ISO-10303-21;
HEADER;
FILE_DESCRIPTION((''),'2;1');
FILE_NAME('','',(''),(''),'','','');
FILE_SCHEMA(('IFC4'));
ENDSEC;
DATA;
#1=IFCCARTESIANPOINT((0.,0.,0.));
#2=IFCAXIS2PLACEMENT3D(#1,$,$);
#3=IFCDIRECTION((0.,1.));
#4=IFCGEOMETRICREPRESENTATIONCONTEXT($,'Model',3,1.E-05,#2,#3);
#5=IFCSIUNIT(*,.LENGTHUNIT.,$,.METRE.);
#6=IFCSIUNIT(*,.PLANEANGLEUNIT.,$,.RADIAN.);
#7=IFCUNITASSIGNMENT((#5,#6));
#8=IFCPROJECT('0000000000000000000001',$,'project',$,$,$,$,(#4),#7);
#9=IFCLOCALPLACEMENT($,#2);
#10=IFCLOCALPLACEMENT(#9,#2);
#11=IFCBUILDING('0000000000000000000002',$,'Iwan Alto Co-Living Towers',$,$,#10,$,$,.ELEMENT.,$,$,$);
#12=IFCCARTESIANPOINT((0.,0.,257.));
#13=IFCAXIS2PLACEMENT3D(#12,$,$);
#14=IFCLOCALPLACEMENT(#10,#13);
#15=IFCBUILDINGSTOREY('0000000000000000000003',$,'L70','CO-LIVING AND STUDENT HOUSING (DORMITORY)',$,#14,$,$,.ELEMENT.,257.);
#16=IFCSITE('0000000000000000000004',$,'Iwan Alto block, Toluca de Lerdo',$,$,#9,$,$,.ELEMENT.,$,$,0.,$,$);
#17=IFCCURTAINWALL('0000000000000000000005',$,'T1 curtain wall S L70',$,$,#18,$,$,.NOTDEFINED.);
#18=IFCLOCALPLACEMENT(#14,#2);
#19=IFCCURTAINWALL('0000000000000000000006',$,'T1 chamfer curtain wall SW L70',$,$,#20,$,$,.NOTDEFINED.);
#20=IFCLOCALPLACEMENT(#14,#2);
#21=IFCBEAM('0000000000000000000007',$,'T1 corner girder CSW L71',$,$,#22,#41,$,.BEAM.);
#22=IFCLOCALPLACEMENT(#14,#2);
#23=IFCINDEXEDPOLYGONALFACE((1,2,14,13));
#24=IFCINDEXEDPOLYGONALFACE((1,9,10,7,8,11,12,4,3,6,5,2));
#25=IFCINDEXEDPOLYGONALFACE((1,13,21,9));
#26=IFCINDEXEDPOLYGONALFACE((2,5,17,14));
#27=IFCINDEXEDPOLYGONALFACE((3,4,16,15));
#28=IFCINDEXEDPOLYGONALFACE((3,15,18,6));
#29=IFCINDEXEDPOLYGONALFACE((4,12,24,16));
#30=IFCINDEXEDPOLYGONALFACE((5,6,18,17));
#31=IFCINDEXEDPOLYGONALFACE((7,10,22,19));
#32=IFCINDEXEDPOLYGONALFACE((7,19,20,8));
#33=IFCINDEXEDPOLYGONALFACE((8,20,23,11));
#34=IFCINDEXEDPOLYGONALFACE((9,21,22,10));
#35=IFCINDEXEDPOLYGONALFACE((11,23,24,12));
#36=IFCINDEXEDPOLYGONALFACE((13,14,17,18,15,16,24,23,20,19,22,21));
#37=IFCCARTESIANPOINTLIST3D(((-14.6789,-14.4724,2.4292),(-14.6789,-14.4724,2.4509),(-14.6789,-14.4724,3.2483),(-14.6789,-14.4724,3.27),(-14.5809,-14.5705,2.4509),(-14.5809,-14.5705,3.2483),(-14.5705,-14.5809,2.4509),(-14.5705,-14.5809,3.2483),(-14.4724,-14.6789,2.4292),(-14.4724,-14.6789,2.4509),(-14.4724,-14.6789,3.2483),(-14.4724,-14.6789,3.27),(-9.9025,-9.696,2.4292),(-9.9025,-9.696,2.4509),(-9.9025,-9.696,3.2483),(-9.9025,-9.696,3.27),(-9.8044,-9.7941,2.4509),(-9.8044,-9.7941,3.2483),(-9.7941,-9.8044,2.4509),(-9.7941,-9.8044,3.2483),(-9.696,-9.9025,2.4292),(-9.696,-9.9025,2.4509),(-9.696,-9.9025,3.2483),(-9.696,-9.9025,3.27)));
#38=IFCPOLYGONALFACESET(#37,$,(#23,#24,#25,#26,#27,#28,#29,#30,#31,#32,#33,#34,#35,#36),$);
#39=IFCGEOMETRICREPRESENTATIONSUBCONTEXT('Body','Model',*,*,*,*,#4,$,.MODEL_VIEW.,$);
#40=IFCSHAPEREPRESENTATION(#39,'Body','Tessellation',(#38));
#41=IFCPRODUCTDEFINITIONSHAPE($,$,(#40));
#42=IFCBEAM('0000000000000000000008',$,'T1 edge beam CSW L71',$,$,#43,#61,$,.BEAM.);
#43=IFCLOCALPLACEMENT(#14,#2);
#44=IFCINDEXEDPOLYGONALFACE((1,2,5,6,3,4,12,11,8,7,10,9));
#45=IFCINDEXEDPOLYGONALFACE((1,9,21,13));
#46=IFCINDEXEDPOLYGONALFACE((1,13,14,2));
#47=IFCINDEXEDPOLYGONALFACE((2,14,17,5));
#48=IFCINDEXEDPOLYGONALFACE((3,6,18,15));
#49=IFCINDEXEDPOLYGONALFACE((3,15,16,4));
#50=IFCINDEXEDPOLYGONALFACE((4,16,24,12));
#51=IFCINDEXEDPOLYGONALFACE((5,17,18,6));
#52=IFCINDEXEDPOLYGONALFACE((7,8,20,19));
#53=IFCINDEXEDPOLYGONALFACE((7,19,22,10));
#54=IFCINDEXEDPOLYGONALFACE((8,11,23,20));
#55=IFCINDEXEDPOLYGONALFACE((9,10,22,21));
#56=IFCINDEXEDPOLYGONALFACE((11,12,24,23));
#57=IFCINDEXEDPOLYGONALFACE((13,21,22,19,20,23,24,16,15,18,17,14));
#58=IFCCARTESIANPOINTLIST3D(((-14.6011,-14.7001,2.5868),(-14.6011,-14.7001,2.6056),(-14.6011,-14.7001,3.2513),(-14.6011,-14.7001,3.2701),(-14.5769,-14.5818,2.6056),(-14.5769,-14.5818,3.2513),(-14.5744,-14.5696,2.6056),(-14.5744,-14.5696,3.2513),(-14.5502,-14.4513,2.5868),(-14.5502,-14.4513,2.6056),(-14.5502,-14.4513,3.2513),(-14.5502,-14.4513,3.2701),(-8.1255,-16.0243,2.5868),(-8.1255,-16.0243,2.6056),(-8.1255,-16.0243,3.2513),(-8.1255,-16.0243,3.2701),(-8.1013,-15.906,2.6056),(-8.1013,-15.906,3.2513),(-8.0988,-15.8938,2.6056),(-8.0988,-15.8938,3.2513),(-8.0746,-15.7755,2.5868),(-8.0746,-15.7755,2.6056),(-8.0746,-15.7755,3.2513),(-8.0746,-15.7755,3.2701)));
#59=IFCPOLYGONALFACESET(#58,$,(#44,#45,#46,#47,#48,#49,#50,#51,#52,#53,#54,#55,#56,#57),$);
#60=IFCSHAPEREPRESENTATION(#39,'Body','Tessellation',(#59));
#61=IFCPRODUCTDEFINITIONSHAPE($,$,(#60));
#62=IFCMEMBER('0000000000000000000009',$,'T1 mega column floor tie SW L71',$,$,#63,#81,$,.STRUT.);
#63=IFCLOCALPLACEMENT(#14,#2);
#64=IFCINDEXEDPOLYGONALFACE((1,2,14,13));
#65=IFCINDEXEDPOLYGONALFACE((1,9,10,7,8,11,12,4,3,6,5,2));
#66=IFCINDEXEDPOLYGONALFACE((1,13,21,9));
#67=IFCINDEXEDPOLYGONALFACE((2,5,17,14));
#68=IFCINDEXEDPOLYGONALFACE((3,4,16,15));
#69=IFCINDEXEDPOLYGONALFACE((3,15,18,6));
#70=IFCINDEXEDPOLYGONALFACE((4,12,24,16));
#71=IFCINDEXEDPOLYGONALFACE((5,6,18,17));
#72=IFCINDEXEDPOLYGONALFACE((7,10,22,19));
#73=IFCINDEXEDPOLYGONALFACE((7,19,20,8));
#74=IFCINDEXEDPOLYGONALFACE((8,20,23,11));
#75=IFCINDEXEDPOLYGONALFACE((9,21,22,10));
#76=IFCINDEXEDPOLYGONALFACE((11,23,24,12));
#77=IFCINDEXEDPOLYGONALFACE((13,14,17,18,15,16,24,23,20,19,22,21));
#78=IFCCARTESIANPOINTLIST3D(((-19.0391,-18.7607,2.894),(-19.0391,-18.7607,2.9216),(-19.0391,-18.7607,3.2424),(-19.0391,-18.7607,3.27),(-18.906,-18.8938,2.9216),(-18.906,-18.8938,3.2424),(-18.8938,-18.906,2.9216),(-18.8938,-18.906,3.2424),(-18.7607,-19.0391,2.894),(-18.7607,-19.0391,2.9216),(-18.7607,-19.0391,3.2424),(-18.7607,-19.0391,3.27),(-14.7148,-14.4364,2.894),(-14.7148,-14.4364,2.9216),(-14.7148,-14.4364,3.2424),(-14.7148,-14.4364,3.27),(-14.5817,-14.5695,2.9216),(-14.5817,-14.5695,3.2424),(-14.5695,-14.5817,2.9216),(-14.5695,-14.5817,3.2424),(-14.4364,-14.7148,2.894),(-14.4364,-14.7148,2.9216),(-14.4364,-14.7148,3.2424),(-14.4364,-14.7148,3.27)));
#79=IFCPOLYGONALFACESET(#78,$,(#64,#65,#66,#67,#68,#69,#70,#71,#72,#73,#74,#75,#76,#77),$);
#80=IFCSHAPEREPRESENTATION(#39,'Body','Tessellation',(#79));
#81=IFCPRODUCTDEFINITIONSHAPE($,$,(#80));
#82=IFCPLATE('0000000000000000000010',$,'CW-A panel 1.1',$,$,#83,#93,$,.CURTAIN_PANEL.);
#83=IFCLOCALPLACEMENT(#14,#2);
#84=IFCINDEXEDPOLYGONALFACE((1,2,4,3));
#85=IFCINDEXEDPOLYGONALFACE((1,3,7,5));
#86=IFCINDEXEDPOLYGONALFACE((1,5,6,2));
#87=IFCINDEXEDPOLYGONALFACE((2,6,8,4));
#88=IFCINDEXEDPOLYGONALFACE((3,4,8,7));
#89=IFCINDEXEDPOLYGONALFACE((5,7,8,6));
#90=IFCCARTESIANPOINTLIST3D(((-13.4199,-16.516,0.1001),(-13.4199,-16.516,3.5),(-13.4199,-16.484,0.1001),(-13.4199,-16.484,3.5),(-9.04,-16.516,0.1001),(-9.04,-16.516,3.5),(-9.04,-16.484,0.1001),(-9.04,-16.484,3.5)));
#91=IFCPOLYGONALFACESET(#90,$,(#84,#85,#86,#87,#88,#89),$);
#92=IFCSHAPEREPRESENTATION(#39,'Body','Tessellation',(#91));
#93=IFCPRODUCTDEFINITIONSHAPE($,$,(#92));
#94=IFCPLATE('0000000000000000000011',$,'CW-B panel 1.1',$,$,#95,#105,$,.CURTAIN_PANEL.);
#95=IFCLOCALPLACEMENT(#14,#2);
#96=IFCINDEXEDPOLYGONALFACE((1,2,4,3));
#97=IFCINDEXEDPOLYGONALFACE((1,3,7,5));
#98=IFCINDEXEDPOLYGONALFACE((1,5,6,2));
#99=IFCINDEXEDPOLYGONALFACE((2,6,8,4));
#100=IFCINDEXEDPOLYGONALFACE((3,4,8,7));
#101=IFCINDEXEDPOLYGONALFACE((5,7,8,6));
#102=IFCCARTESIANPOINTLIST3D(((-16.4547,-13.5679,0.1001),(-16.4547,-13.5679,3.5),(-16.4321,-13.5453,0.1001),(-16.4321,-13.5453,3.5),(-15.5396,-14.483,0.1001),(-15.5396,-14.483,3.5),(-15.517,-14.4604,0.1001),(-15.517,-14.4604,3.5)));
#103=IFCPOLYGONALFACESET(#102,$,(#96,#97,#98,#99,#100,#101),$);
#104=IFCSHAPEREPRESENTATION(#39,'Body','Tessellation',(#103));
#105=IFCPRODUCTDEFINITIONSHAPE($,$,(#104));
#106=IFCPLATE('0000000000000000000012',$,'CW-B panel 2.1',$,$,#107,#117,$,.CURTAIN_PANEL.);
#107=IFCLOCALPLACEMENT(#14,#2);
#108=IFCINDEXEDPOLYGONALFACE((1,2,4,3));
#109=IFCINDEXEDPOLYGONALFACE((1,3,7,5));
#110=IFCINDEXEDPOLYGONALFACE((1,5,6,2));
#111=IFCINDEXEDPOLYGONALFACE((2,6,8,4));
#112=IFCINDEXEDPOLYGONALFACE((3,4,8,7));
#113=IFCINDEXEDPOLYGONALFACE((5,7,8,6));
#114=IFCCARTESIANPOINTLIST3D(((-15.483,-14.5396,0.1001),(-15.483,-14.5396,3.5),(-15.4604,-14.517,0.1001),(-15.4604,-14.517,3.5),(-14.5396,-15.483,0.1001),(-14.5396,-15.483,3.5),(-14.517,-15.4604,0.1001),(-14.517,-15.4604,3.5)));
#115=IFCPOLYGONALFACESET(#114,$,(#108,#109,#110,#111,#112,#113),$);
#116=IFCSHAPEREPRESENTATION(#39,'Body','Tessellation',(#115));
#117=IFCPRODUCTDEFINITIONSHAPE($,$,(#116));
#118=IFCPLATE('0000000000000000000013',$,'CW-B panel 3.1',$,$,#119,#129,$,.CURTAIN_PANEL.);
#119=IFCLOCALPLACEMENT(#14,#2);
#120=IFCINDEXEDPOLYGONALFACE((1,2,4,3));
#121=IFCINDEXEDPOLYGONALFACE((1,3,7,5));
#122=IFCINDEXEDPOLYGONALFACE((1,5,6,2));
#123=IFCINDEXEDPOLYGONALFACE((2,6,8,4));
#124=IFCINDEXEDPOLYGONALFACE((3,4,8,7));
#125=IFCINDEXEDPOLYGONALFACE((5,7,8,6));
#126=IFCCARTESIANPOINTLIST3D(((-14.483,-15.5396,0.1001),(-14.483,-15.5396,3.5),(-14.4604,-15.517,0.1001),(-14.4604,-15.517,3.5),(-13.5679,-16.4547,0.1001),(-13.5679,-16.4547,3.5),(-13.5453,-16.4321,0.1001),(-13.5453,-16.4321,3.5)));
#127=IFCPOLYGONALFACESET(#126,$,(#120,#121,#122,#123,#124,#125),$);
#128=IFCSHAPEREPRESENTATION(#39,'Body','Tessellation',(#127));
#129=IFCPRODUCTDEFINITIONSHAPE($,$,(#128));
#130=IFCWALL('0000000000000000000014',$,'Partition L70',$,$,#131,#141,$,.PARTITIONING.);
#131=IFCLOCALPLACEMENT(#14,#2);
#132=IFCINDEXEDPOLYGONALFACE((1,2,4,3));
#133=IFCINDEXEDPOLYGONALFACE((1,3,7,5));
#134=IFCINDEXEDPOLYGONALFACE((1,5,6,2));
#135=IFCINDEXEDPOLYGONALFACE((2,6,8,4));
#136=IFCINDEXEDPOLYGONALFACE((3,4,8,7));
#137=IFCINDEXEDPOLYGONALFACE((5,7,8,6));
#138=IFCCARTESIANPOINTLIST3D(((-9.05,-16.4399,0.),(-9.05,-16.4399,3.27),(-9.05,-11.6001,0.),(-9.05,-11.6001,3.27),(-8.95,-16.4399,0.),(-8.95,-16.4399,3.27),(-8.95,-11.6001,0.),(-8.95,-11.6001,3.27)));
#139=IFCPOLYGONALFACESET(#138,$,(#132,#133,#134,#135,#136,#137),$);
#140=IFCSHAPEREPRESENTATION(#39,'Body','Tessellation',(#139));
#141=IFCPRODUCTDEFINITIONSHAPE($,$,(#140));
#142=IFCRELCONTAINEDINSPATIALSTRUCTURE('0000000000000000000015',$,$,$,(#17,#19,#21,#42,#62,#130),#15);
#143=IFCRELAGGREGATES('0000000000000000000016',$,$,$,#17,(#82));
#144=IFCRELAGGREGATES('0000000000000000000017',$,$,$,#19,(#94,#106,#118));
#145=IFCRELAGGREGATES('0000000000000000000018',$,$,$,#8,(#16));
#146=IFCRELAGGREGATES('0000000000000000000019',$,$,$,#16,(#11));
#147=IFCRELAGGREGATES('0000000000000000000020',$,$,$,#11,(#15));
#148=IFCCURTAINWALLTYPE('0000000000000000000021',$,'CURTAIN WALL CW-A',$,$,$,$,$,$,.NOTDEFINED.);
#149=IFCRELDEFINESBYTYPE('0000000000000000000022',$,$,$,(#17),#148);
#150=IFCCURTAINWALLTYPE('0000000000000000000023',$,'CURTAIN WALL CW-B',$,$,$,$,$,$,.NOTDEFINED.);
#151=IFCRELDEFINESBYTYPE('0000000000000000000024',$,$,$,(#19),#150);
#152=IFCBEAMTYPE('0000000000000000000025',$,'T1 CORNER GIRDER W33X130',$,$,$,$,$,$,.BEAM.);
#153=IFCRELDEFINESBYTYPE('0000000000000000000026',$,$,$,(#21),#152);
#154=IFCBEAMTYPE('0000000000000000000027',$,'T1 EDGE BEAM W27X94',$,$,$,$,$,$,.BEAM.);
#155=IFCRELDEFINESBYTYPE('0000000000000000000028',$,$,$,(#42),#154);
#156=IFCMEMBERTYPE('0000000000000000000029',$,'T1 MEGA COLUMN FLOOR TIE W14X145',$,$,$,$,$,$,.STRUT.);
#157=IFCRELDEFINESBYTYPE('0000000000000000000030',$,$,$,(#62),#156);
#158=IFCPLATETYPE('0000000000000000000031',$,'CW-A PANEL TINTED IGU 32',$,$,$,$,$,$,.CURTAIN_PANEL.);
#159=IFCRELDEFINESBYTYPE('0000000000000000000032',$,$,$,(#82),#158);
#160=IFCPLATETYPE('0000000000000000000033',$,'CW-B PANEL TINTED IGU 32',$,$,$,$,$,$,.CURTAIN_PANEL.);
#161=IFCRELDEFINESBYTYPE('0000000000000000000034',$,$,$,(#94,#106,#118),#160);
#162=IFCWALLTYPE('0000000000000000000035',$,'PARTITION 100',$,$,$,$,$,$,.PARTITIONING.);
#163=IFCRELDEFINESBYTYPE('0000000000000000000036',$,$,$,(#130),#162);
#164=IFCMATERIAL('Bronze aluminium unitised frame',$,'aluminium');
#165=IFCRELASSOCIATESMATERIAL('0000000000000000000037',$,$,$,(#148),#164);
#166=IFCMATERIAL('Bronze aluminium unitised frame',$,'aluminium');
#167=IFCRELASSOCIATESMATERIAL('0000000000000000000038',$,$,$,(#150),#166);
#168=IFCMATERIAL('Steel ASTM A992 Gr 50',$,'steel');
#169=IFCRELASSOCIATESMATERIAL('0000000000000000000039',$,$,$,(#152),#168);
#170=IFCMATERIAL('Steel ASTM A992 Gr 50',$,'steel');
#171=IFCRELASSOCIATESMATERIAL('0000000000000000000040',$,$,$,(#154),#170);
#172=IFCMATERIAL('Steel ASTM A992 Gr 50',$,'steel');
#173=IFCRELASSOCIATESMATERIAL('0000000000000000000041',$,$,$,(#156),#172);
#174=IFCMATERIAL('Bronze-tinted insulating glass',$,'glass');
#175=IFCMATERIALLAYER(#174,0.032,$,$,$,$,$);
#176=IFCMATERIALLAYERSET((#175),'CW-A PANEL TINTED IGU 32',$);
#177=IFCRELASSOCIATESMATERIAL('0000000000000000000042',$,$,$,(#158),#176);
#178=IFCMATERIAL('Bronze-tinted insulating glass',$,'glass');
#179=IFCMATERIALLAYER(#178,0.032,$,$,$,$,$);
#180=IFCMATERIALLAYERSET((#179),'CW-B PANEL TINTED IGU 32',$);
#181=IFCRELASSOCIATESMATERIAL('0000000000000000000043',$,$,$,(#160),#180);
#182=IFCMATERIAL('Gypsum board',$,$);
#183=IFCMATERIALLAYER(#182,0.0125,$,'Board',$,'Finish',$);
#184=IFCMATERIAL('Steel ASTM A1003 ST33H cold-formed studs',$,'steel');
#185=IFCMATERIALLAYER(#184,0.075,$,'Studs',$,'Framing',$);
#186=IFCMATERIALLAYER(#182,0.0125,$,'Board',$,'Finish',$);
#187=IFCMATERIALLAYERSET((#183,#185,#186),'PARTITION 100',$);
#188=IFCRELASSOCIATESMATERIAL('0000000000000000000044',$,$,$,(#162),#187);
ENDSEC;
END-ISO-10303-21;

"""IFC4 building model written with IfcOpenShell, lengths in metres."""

from ifc_helpers import new_model, si_unit, direction, frame, frame_2d, origin, origin_2d, place, context, subcontext, project, spatial, rectangle, i_section, extrude, material, layer, layer_set, material_profile, profile_set, type_object, element, aggregate, save


model = new_model("IFC4")

# Units and contexts
model_context = context("Model", 3, precision=1e-05, world=origin(), true_north=direction((0.0, 1.0)))
body_context = subcontext(model_context, "Body", "Model", "MODEL_VIEW")
ifc_project = project(units=[si_unit("LENGTHUNIT", "METRE"), si_unit("PLANEANGLEUNIT", "RADIAN")], contexts=[model_context])

# Site, building, storey
site_placement = place(None, origin())
site = spatial("IfcSite", under=ifc_project, at=site_placement, Name="Iwan Alto block, Toluca de Lerdo", CompositionType="ELEMENT", RefElevation=0.0)
building_placement = place(site_placement, origin())
building = spatial("IfcBuilding", under=site, at=building_placement, Name="Iwan Alto Co-Living Towers", CompositionType="ELEMENT")
storey_placement = place(building_placement, frame((0.0, 0.0, 257.0)))
storey = spatial("IfcBuildingStorey", under=building, at=storey_placement, Name="L70", Description="CO-LIVING AND STUDENT HOUSING (DORMITORY)", CompositionType="ELEMENT", Elevation=257.0)

# Curtain walls
ifc_material_1 = material(Name="Bronze aluminium unitised frame", Category="aluminium")
curtain_wall_type_1 = type_object("IfcCurtainWallType", Name="CURTAIN WALL CW-A", PredefinedType="NOTDEFINED", material=ifc_material_1)
curtain_wall_1_placement = place(storey_placement, origin())
curtain_wall_1 = element("IfcCurtainWall", 1, at=curtain_wall_1_placement, inside=storey, type_object=curtain_wall_type_1, Name="T1 curtain wall S L70", PredefinedType="NOTDEFINED")
ifc_material_2 = material(Name="Bronze aluminium unitised frame", Category="aluminium")
curtain_wall_type_2 = type_object("IfcCurtainWallType", Name="CURTAIN WALL CW-B", PredefinedType="NOTDEFINED", material=ifc_material_2)
curtain_wall_2_placement = place(storey_placement, origin())
curtain_wall_2 = element("IfcCurtainWall", 2, at=curtain_wall_2_placement, inside=storey, type_object=curtain_wall_type_2, Name="T1 chamfer curtain wall SW L70", PredefinedType="NOTDEFINED")

# Beams
ifc_material_3 = material(Name="Steel ASTM A992 Gr 50", Category="steel")
ifc_material_profile_1 = material_profile(ifc_material_3, i_section(OverallWidth=0.292, OverallDepth=0.8408, WebThickness=0.0146, FlangeThickness=0.0217, at=origin_2d()), Name="W33X130")
ifc_profile_set_1 = profile_set([ifc_material_profile_1], Name="Steel ASTM A992 Gr 50")
beam_type_1 = type_object("IfcBeamType", Name="T1 CORNER GIRDER W33X130", PredefinedType="BEAM", material=ifc_profile_set_1)
beam_1_placement = place(storey_placement, frame((-14.5757, -14.5757, 2.8496), z_axis=(0.707107, 0.707107, 0.0), x_axis=(-0.707107, 0.707107, 0.0)))
element("IfcBeam", 3, at=beam_1_placement, inside=storey, type_object=beam_type_1, Name="T1 corner girder CSW L71", PredefinedType="BEAM", context=body_context, shape_type="SweptSolid", body=[
    extrude(i_section(OverallWidth=0.292, OverallDepth=0.8408, WebThickness=0.0146, FlangeThickness=0.0217, at=origin_2d()), origin(), (0.0, 0.0, 1.0), 6.7549),
])
ifc_material_4 = material(Name="Steel ASTM A992 Gr 50", Category="steel")
ifc_material_profile_2 = material_profile(ifc_material_4, i_section(OverallWidth=0.2539, OverallDepth=0.6833, WebThickness=0.0125, FlangeThickness=0.0188, at=origin_2d()), Name="W27X94")
ifc_profile_set_2 = profile_set([ifc_material_profile_2], Name="Steel ASTM A992 Gr 50")
beam_type_2 = type_object("IfcBeamType", Name="T1 EDGE BEAM W27X94", PredefinedType="BEAM", material=ifc_profile_set_2)
beam_2_placement = place(storey_placement, frame((-14.5757, -14.5757, 2.9285), z_axis=(0.979725, -0.200348, 0.0), x_axis=(0.200348, 0.979725, 0.0)))
element("IfcBeam", 4, at=beam_2_placement, inside=storey, type_object=beam_type_2, Name="T1 edge beam CSW L71", PredefinedType="BEAM", context=body_context, shape_type="SweptSolid", body=[
    extrude(i_section(OverallWidth=0.2539, OverallDepth=0.6833, WebThickness=0.0125, FlangeThickness=0.0188, at=origin_2d()), origin(), (0.0, 0.0, 1.0), 6.6096),
])

# Member
ifc_material_5 = material(Name="Steel ASTM A992 Gr 50", Category="steel")
ifc_material_profile_3 = material_profile(ifc_material_5, i_section(OverallWidth=0.3938, OverallDepth=0.376, WebThickness=0.0173, FlangeThickness=0.0276, at=origin_2d()), Name="W14X145")
ifc_profile_set_3 = profile_set([ifc_material_profile_3], Name="Steel ASTM A992 Gr 50")
member_type_1 = type_object("IfcMemberType", Name="T1 MEGA COLUMN FLOOR TIE W14X145", PredefinedType="STRUT", material=ifc_profile_set_3)
member_1_placement = place(storey_placement, frame((-18.8999, -18.8999, 3.082), z_axis=(0.707107, 0.707107, 0.0), x_axis=(-0.707107, 0.707107, 0.0)))
element("IfcMember", 5, at=member_1_placement, inside=storey, type_object=member_type_1, Name="T1 mega column floor tie SW L71", PredefinedType="STRUT", context=body_context, shape_type="SweptSolid", body=[
    extrude(i_section(OverallWidth=0.3938, OverallDepth=0.376, WebThickness=0.0173, FlangeThickness=0.0276, at=origin_2d()), origin(), (0.0, 0.0, 1.0), 6.1155),
])

# Plates
ifc_material_6 = material(Name="Bronze-tinted insulating glass", Category="glass")
ifc_layer_1 = layer(ifc_material_6, 0.032)
ifc_layer_set_1 = layer_set([ifc_layer_1], Name="CW-A PANEL TINTED IGU 32")
plate_type_1 = type_object("IfcPlateType", Name="CW-A PANEL TINTED IGU 32", PredefinedType="CURTAIN_PANEL", material=ifc_layer_set_1)
plate_1_placement = place(storey_placement, frame((-11.23, -16.5, 0.1001), z_axis=(0.0, 0.0, 1.0), x_axis=(1.0, 0.0, 0.0)))
plate_1 = element("IfcPlate", 6, at=plate_1_placement, type_object=plate_type_1, Name="CW-A panel 1.1", PredefinedType="CURTAIN_PANEL", context=body_context, shape_type="SweptSolid", body=[
    extrude(rectangle(XDim=4.3799, YDim=0.032, at=origin_2d()), origin(), (0.0, 0.0, 1.0), 3.3999),
])
aggregate(curtain_wall_1, [plate_1])
ifc_material_7 = material(Name="Bronze-tinted insulating glass", Category="glass")
ifc_layer_2 = layer(ifc_material_7, 0.032)
ifc_layer_set_2 = layer_set([ifc_layer_2], Name="CW-B PANEL TINTED IGU 32")
plate_type_2 = type_object("IfcPlateType", Name="CW-B PANEL TINTED IGU 32", PredefinedType="CURTAIN_PANEL", material=ifc_layer_set_2)
plate_2_placement = place(storey_placement, frame((-15.9858, -14.0142, 0.1001), z_axis=(0.0, 0.0, 1.0), x_axis=(0.707107, -0.707107, 0.0)))
plate_2 = element("IfcPlate", 7, at=plate_2_placement, type_object=plate_type_2, Name="CW-B panel 1.1", PredefinedType="CURTAIN_PANEL", context=body_context, shape_type="SweptSolid", body=[
    extrude(rectangle(XDim=1.2942, YDim=0.032, at=origin_2d()), origin(), (0.0, 0.0, 1.0), 3.3999),
])
plate_3_placement = place(storey_placement, frame((-15.0, -15.0, 0.1001), z_axis=(0.0, 0.0, 1.0), x_axis=(0.707107, -0.707107, 0.0)))
plate_3 = element("IfcPlate", 8, at=plate_3_placement, type_object=plate_type_2, Name="CW-B panel 2.1", PredefinedType="CURTAIN_PANEL", context=body_context, shape_type="SweptSolid", body=[
    extrude(rectangle(XDim=1.3342, YDim=0.032, at=origin_2d()), origin(), (0.0, 0.0, 1.0), 3.3999),
])
plate_4_placement = place(storey_placement, frame((-14.0142, -15.9858, 0.1001), z_axis=(0.0, 0.0, 1.0), x_axis=(0.707107, -0.707107, 0.0)))
plate_4 = element("IfcPlate", 9, at=plate_4_placement, type_object=plate_type_2, Name="CW-B panel 3.1", PredefinedType="CURTAIN_PANEL", context=body_context, shape_type="SweptSolid", body=[
    extrude(rectangle(XDim=1.2942, YDim=0.032, at=origin_2d()), origin(), (0.0, 0.0, 1.0), 3.3999),
])
aggregate(curtain_wall_2, [plate_2, plate_3, plate_4])

# Wall
ifc_material_8 = material(Name="Gypsum board")
ifc_layer_3 = layer(ifc_material_8, 0.0125, Name="Board", Category="Finish")
ifc_material_9 = material(Name="Steel ASTM A1003 ST33H cold-formed studs", Category="steel")
ifc_layer_4 = layer(ifc_material_9, 0.075, Name="Studs", Category="Framing")
ifc_layer_5 = layer(ifc_material_8, 0.0125, Name="Board", Category="Finish")
ifc_layer_set_3 = layer_set([ifc_layer_3, ifc_layer_4, ifc_layer_5], Name="PARTITION 100")
wall_type = type_object("IfcWallType", Name="PARTITION 100", PredefinedType="PARTITIONING", material=ifc_layer_set_3)
wall_placement = place(storey_placement, frame((-9.0, -16.4399, 0.0), z_axis=(0.0, 0.0, 1.0), x_axis=(0.0, 1.0, 0.0)))
element("IfcWall", 10, at=wall_placement, inside=storey, type_object=wall_type, Name="Partition L70", PredefinedType="PARTITIONING", context=body_context, shape_type="SweptSolid", body=[
    extrude(rectangle(XDim=4.8398, YDim=0.1001, at=frame_2d((2.4199, 0.0))), origin(), (0.0, 0.0, 1.0), 3.27),
])

save(model, "model.ifc")
